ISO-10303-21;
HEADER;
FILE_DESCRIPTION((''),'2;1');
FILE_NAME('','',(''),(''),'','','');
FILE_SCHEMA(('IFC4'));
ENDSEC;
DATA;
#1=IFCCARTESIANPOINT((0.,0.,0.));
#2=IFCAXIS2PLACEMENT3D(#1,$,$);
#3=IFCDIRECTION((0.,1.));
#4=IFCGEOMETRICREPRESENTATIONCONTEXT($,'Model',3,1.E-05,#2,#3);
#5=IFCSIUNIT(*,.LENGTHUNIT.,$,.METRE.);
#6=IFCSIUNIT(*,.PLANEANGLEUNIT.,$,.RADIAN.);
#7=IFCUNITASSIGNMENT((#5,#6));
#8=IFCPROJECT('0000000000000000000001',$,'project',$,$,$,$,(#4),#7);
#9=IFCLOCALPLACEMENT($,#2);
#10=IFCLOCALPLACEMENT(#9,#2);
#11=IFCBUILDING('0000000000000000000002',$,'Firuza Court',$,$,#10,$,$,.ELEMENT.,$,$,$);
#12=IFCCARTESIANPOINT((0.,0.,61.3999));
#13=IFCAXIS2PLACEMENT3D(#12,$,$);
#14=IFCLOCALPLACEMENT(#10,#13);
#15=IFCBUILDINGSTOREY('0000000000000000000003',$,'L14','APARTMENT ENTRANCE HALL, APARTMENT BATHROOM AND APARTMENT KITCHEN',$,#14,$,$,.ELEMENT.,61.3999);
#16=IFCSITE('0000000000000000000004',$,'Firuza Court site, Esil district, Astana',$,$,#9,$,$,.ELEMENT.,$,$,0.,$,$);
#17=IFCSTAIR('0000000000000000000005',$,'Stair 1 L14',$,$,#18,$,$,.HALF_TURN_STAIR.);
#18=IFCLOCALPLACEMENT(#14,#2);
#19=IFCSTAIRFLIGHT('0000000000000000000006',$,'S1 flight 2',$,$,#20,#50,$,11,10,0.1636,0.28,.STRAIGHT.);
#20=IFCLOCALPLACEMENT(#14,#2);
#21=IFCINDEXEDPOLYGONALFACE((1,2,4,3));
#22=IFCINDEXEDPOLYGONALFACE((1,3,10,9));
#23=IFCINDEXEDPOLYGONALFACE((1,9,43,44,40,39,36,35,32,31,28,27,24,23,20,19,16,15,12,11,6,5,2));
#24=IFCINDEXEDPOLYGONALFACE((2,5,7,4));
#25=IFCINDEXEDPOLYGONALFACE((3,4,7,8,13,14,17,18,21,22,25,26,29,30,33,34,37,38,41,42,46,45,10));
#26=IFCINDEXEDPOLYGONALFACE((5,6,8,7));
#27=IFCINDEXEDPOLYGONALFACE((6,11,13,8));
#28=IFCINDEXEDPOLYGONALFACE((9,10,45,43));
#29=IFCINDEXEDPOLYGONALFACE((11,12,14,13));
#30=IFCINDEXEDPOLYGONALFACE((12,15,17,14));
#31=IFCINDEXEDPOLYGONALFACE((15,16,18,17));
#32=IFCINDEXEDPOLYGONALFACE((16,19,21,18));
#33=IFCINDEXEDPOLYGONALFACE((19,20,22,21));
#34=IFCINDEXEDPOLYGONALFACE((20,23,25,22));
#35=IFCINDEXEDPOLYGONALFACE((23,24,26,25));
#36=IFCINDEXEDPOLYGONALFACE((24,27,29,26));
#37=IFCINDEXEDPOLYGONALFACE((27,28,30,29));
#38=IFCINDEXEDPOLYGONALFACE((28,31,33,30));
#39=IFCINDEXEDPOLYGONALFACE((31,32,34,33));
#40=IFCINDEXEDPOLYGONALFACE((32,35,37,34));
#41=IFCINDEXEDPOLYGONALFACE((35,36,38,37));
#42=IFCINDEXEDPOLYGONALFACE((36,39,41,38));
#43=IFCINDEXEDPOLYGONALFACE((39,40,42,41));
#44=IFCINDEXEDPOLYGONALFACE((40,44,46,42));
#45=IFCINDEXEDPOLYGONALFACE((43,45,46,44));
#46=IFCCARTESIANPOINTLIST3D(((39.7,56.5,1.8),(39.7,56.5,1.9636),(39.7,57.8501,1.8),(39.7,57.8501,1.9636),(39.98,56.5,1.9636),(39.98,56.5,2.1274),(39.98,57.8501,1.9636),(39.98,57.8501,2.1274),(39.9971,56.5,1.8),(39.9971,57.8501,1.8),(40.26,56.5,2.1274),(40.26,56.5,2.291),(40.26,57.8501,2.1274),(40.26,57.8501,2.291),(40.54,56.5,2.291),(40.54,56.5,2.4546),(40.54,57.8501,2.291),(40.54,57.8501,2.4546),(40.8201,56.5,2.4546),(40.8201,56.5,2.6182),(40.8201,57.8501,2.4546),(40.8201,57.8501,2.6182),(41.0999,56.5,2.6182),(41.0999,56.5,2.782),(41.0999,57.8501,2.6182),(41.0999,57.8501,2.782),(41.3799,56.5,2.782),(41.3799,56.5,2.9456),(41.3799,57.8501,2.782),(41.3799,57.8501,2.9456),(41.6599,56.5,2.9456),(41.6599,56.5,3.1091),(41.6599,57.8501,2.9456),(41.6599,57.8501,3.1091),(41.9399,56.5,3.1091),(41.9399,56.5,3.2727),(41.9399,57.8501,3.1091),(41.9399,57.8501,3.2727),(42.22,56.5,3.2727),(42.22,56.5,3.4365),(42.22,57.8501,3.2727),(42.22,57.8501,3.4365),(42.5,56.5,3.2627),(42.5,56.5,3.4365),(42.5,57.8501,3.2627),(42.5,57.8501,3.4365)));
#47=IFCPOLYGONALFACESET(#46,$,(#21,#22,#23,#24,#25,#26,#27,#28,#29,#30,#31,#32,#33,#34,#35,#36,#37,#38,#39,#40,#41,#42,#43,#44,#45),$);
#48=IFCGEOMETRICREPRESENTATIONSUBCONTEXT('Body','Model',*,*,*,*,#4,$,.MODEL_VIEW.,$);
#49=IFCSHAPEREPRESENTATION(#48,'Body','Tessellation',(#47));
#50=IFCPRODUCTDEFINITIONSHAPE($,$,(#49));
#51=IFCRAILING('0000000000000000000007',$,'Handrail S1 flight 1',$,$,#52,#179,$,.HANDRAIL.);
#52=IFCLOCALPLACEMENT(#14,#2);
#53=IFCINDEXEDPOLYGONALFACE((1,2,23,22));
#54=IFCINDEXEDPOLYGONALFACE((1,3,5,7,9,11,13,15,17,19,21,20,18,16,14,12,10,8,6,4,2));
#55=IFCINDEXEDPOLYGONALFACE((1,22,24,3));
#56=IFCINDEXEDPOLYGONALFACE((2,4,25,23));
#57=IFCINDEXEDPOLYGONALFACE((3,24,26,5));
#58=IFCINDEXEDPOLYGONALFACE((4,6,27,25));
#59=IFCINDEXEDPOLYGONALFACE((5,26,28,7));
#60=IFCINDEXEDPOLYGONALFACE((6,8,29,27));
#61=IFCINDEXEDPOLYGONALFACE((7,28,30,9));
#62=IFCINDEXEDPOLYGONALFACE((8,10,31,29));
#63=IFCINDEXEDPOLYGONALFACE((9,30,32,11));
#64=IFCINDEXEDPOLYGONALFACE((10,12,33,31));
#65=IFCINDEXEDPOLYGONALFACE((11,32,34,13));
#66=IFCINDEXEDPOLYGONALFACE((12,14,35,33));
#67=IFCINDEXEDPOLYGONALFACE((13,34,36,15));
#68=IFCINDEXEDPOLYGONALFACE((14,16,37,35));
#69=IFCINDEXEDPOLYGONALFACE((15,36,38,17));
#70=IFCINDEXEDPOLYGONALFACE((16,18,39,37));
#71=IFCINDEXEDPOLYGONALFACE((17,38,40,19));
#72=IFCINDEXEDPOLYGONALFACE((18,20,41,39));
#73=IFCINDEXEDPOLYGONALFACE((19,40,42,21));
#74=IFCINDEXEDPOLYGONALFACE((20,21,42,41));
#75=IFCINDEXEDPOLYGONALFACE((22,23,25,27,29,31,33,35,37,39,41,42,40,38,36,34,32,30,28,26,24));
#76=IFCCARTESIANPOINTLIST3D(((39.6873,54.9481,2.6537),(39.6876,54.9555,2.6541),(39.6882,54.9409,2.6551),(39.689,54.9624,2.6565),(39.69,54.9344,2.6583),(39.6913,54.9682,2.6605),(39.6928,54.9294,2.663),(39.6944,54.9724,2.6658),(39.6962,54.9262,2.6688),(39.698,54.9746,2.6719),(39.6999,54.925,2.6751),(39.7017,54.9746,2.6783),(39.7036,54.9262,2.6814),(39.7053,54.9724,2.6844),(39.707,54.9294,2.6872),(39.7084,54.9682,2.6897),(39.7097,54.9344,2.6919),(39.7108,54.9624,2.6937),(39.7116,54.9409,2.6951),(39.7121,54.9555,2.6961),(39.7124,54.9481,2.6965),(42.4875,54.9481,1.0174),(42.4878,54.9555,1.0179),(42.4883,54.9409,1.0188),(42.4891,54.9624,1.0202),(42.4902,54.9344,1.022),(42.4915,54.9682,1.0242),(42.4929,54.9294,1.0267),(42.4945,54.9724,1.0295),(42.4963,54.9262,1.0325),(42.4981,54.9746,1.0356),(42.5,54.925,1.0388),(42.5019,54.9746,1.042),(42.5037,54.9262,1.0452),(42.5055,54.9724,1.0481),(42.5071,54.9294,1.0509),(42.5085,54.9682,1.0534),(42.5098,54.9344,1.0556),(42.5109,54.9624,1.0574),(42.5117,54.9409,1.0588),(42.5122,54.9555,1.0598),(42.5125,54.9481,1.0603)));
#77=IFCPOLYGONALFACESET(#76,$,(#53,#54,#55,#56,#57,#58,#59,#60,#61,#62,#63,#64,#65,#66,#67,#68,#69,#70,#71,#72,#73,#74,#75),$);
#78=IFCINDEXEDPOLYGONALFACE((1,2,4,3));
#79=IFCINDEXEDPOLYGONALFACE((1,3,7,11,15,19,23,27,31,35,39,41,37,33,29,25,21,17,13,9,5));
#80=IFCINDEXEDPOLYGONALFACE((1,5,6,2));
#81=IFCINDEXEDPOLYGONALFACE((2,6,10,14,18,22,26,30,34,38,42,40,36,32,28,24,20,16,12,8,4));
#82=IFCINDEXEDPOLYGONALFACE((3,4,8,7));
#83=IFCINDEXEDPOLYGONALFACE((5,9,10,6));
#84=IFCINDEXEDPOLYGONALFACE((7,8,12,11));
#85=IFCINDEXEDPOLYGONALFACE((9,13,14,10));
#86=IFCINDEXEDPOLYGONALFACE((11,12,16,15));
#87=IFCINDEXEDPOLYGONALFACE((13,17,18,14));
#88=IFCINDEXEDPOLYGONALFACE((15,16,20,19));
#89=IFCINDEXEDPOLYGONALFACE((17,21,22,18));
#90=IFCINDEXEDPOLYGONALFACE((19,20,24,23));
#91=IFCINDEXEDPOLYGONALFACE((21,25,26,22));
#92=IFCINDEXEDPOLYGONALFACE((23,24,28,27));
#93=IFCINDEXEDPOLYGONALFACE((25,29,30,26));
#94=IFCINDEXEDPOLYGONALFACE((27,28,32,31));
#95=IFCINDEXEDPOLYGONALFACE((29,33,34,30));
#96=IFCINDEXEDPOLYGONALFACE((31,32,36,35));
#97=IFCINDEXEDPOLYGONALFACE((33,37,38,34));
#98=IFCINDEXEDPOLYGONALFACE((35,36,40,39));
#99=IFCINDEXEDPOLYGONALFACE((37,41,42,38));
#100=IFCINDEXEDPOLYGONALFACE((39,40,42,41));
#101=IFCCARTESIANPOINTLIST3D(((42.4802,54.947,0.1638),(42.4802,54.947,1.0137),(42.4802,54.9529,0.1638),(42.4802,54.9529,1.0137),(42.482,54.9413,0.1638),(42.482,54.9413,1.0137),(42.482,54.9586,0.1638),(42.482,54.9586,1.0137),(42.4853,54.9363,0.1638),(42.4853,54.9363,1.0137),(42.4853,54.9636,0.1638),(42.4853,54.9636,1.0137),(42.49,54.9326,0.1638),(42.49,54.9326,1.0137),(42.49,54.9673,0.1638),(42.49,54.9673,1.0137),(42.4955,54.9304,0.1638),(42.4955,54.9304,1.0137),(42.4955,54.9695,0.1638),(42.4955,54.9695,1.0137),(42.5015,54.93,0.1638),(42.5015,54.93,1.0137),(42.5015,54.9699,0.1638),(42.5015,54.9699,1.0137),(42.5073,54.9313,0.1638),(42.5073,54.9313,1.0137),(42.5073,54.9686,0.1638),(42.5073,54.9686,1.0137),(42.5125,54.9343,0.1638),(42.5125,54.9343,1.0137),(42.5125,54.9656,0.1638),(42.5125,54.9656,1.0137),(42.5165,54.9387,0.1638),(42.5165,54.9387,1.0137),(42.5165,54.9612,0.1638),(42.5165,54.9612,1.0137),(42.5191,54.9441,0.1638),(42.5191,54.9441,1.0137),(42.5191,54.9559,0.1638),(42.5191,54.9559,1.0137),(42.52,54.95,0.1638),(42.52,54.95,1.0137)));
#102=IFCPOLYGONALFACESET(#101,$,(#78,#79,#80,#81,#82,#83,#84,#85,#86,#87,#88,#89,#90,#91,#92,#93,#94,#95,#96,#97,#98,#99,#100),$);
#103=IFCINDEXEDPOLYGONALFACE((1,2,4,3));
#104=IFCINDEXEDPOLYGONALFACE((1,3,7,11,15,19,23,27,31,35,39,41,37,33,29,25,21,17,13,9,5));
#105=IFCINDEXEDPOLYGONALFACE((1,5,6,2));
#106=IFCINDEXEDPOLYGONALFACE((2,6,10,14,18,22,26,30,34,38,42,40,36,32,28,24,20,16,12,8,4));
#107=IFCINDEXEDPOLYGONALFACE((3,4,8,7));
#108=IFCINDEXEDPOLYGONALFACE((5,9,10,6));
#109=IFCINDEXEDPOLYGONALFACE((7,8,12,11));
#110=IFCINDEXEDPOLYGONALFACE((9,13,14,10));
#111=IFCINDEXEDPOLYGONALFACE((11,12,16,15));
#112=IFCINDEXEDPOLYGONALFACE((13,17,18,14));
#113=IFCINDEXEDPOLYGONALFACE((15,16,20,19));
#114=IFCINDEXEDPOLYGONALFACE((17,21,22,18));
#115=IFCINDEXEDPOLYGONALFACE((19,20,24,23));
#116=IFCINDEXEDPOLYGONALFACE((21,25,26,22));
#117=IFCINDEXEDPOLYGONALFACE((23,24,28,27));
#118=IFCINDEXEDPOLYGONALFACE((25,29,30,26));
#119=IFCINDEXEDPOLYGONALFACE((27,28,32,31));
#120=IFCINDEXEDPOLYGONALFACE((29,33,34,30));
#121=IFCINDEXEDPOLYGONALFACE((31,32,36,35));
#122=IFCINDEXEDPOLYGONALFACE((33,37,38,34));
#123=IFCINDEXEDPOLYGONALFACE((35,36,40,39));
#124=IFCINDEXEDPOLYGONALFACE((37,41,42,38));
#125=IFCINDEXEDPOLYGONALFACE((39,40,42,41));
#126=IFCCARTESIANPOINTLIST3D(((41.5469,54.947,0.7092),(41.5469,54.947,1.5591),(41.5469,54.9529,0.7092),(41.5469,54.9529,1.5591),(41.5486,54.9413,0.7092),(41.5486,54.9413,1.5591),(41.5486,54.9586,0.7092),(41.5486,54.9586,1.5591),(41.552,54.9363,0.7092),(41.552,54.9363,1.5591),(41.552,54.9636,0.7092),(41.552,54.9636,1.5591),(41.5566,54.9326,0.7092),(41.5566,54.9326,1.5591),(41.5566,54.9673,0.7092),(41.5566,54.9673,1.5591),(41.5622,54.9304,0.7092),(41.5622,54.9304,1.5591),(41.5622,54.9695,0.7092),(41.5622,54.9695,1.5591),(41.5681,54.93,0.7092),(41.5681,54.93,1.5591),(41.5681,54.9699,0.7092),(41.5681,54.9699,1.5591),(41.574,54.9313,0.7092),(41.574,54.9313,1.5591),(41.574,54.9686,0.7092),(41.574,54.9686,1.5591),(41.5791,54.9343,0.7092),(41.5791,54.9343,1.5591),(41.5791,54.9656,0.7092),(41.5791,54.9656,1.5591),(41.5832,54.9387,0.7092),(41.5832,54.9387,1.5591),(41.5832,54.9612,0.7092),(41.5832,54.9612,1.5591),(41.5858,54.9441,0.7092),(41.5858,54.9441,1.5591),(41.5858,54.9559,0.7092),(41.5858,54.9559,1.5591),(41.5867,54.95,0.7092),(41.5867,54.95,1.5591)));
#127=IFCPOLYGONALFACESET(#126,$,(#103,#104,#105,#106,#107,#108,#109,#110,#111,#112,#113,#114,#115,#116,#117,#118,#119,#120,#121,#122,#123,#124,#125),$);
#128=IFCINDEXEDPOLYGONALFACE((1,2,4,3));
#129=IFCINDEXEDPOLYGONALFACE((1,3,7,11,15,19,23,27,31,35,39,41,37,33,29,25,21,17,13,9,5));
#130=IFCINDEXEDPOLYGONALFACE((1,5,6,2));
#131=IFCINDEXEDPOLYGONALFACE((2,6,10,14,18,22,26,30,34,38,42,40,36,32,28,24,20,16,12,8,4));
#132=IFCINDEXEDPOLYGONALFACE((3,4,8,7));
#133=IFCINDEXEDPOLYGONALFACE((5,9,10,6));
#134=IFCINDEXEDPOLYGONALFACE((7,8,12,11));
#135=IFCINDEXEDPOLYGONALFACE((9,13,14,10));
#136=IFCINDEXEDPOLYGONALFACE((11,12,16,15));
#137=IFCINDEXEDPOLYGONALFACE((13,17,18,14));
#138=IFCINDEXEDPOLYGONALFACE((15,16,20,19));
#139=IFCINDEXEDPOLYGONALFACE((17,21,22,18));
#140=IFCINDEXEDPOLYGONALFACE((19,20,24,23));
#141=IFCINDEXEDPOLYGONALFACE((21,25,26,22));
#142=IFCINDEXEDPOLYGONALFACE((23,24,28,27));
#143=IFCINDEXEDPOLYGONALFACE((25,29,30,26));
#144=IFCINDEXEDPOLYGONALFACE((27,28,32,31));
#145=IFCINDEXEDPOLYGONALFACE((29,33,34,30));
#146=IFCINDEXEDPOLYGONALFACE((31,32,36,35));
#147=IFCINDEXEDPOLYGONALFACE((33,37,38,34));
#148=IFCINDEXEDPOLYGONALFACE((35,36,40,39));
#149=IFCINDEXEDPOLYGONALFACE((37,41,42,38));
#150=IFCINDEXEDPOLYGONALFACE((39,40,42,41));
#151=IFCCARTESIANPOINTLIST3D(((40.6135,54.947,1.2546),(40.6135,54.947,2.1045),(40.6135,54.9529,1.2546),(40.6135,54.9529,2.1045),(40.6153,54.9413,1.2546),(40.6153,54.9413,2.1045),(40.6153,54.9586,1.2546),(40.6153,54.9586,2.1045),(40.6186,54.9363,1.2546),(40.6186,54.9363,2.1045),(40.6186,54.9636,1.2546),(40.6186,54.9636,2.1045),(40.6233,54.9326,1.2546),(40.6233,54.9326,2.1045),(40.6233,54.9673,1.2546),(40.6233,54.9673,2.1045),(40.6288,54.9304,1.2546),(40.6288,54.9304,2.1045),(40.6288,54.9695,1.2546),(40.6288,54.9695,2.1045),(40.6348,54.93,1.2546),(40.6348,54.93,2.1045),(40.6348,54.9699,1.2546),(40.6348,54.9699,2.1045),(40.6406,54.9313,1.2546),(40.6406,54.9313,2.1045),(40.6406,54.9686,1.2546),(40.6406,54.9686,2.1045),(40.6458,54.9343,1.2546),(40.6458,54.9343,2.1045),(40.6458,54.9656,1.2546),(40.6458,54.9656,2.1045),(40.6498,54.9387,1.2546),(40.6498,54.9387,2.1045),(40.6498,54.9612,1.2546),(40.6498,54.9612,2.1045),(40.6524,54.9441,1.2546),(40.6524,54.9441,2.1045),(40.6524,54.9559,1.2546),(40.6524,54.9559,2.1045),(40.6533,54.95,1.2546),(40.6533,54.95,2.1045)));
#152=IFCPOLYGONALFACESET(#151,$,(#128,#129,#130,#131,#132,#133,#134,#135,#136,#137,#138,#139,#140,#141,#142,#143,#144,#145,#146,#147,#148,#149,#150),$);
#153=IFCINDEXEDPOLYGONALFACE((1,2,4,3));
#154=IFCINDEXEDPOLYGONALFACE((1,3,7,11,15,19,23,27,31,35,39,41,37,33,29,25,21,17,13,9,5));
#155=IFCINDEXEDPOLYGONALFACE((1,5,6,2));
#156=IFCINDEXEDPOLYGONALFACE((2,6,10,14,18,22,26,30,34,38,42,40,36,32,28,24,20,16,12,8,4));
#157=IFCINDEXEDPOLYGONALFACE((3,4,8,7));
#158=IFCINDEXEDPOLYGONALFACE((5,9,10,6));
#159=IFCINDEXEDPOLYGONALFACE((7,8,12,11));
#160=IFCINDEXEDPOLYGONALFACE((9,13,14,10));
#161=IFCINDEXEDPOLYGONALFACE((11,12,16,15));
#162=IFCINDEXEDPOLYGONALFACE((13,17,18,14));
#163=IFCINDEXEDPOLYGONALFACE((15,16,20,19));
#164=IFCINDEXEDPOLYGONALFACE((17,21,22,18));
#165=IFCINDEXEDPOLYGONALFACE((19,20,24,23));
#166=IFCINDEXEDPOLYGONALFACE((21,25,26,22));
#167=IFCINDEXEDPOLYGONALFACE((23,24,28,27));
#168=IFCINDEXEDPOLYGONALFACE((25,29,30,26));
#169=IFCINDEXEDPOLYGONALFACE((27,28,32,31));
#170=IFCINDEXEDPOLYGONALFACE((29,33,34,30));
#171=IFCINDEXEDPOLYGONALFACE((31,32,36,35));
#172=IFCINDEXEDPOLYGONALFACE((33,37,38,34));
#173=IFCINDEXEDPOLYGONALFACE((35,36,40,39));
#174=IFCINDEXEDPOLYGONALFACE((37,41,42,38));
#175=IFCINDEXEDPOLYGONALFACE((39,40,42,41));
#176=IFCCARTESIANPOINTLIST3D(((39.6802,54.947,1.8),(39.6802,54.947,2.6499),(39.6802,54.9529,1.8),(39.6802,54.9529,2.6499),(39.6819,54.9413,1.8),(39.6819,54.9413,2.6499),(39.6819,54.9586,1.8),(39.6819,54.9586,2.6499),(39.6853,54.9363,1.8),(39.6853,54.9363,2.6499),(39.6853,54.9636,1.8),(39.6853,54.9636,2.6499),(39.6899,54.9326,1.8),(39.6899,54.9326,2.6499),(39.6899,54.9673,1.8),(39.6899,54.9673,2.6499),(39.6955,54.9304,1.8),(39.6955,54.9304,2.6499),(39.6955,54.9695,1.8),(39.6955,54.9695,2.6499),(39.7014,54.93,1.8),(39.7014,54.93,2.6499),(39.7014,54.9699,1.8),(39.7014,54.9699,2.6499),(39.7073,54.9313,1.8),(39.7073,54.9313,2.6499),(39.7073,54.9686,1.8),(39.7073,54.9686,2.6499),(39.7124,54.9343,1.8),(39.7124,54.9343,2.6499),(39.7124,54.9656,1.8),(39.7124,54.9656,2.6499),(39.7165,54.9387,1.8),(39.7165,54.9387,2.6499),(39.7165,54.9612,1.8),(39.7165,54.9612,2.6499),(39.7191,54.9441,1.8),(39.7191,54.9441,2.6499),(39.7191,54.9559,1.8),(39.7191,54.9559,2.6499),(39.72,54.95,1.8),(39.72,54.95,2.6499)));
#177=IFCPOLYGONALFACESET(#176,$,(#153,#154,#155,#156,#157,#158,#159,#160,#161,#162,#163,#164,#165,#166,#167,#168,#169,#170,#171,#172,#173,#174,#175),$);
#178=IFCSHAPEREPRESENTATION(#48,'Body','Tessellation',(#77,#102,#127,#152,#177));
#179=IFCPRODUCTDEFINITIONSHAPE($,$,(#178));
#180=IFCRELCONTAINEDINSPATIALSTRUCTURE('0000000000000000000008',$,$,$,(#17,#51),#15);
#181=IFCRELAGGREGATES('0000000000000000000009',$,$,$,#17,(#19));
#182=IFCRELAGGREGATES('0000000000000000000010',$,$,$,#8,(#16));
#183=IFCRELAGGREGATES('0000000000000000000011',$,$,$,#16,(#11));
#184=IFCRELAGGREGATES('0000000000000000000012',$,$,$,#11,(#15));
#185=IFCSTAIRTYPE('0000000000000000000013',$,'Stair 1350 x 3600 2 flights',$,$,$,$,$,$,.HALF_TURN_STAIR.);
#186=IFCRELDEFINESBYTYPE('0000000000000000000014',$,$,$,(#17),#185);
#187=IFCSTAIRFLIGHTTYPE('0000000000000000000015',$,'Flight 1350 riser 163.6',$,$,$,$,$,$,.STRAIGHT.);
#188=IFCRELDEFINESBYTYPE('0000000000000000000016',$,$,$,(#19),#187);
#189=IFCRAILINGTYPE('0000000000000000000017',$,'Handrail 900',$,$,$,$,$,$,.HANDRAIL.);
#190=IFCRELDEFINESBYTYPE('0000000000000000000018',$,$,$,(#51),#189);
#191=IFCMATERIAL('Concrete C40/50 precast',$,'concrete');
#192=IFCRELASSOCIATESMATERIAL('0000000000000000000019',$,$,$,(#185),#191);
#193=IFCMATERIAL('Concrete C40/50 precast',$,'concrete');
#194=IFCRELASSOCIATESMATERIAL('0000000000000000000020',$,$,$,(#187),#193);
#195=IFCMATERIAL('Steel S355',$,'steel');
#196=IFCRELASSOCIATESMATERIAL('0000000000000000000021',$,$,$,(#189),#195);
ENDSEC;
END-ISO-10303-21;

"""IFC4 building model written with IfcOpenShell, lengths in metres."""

from ifc_helpers import new_model, si_unit, direction, frame, origin, origin_2d, place, context, subcontext, project, spatial, polyline, circle, outline, extrude, material, type_object, element, aggregate, save


model = new_model("IFC4")

# Units and contexts
model_context = context("Model", 3, precision=1e-05, world=origin(), true_north=direction((0.0, 1.0)))
body_context = subcontext(model_context, "Body", "Model", "MODEL_VIEW")
ifc_project = project(units=[si_unit("LENGTHUNIT", "METRE"), si_unit("PLANEANGLEUNIT", "RADIAN")], contexts=[model_context])

# Site, building, storey
site_placement = place(None, origin())
site = spatial("IfcSite", under=ifc_project, at=site_placement, Name="Firuza Court site, Esil district, Astana", CompositionType="ELEMENT", RefElevation=0.0)
building_placement = place(site_placement, origin())
building = spatial("IfcBuilding", under=site, at=building_placement, Name="Firuza Court", CompositionType="ELEMENT")
storey_placement = place(building_placement, frame((0.0, 0.0, 61.3999)))
storey = spatial("IfcBuildingStorey", under=building, at=storey_placement, Name="L14", Description="APARTMENT ENTRANCE HALL, APARTMENT BATHROOM AND APARTMENT KITCHEN", CompositionType="ELEMENT", Elevation=61.3999)

# Stair, stair flight
ifc_material_1 = material(Name="Concrete C40/50 precast", Category="concrete")
stair_type = type_object("IfcStairType", Name="Stair 1350 x 3600 2 flights", PredefinedType="HALF_TURN_STAIR", material=ifc_material_1)
stair_placement = place(storey_placement, origin())
stair = element("IfcStair", 1, at=stair_placement, inside=storey, type_object=stair_type, Name="Stair 1 L14", PredefinedType="HALF_TURN_STAIR")
ifc_material_2 = material(Name="Concrete C40/50 precast", Category="concrete")
stair_flight_type = type_object("IfcStairFlightType", Name="Flight 1350 riser 163.6", PredefinedType="STRAIGHT", material=ifc_material_2)
stair_flight_1_placement = place(storey_placement, frame((39.7, 57.175, 1.8), z_axis=(0.0, 0.0, 1.0), x_axis=(1.0, 0.0, 0.0)))
stair_flight_1 = element("IfcStairFlight", 2, at=stair_flight_1_placement, type_object=stair_flight_type, Name="S1 flight 2", NumberOfRisers=11, NumberOfTreads=10, PredefinedType="STRAIGHT", RiserHeight=0.1636, TreadLength=0.28, context=body_context, shape_type="SweptSolid", body=[
    extrude(outline(polyline([(0.0, 0.0), (0.0, 0.1636), (0.28, 0.1636), (0.28, 0.3274), (0.5601, 0.3274), (0.5601, 0.491), (0.8401, 0.491), (0.8401, 0.6545), (1.1201, 0.6545), (1.1201, 0.8181), (1.3999, 0.8181), (1.3999, 0.9819), (1.6799, 0.9819), (1.6799, 1.1455), (1.96, 1.1455), (1.96, 1.3091), (2.24, 1.3091), (2.24, 1.4727), (2.52, 1.4727), (2.52, 1.6365), (2.8, 1.6365), (2.8, 1.8), (2.8, 1.4626), (0.2971, 0.0), (0.0, 0.0)])), frame((0.0, 0.675, 0.0), z_axis=(0.0, -1.0, 0.0), x_axis=(1.0, 0.0, 0.0)), (0.0, 0.0, 1.0), 1.3501),
])
aggregate(stair, [stair_flight_1])

# Railing
ifc_material_3 = material(Name="Steel S355", Category="steel")
railing_type_1 = type_object("IfcRailingType", Name="Handrail 900", PredefinedType="HANDRAIL", material=ifc_material_3)
railing_1_placement = place(storey_placement, frame((42.5, 54.95, 0.1638)))
element("IfcRailing", 3, at=railing_1_placement, inside=storey, type_object=railing_type_1, Name="Handrail S1 flight 1", PredefinedType="HANDRAIL", context=body_context, shape_type="SweptSolid", body=[
    extrude(circle(Radius=0.0249, at=origin_2d()), frame((0.0, 0.0, 0.875), z_axis=(-0.863394, 0.0, 0.504531), x_axis=(0.0, -1.0, 0.0)), (0.0, 0.0, 1.0), 3.2432),
    extrude(circle(Radius=0.02, at=origin_2d()), origin(), (0.0, 0.0, 1.0), 0.8499),
    extrude(circle(Radius=0.02, at=origin_2d()), frame((-0.9333, 0.0, 0.5454)), (0.0, 0.0, 1.0), 0.8499),
    extrude(circle(Radius=0.02, at=origin_2d()), frame((-1.8667, 0.0, 1.0908)), (0.0, 0.0, 1.0), 0.8499),
    extrude(circle(Radius=0.02, at=origin_2d()), frame((-2.8, 0.0, 1.6362)), (0.0, 0.0, 1.0), 0.8499),
])

save(model, "model.ifc")
